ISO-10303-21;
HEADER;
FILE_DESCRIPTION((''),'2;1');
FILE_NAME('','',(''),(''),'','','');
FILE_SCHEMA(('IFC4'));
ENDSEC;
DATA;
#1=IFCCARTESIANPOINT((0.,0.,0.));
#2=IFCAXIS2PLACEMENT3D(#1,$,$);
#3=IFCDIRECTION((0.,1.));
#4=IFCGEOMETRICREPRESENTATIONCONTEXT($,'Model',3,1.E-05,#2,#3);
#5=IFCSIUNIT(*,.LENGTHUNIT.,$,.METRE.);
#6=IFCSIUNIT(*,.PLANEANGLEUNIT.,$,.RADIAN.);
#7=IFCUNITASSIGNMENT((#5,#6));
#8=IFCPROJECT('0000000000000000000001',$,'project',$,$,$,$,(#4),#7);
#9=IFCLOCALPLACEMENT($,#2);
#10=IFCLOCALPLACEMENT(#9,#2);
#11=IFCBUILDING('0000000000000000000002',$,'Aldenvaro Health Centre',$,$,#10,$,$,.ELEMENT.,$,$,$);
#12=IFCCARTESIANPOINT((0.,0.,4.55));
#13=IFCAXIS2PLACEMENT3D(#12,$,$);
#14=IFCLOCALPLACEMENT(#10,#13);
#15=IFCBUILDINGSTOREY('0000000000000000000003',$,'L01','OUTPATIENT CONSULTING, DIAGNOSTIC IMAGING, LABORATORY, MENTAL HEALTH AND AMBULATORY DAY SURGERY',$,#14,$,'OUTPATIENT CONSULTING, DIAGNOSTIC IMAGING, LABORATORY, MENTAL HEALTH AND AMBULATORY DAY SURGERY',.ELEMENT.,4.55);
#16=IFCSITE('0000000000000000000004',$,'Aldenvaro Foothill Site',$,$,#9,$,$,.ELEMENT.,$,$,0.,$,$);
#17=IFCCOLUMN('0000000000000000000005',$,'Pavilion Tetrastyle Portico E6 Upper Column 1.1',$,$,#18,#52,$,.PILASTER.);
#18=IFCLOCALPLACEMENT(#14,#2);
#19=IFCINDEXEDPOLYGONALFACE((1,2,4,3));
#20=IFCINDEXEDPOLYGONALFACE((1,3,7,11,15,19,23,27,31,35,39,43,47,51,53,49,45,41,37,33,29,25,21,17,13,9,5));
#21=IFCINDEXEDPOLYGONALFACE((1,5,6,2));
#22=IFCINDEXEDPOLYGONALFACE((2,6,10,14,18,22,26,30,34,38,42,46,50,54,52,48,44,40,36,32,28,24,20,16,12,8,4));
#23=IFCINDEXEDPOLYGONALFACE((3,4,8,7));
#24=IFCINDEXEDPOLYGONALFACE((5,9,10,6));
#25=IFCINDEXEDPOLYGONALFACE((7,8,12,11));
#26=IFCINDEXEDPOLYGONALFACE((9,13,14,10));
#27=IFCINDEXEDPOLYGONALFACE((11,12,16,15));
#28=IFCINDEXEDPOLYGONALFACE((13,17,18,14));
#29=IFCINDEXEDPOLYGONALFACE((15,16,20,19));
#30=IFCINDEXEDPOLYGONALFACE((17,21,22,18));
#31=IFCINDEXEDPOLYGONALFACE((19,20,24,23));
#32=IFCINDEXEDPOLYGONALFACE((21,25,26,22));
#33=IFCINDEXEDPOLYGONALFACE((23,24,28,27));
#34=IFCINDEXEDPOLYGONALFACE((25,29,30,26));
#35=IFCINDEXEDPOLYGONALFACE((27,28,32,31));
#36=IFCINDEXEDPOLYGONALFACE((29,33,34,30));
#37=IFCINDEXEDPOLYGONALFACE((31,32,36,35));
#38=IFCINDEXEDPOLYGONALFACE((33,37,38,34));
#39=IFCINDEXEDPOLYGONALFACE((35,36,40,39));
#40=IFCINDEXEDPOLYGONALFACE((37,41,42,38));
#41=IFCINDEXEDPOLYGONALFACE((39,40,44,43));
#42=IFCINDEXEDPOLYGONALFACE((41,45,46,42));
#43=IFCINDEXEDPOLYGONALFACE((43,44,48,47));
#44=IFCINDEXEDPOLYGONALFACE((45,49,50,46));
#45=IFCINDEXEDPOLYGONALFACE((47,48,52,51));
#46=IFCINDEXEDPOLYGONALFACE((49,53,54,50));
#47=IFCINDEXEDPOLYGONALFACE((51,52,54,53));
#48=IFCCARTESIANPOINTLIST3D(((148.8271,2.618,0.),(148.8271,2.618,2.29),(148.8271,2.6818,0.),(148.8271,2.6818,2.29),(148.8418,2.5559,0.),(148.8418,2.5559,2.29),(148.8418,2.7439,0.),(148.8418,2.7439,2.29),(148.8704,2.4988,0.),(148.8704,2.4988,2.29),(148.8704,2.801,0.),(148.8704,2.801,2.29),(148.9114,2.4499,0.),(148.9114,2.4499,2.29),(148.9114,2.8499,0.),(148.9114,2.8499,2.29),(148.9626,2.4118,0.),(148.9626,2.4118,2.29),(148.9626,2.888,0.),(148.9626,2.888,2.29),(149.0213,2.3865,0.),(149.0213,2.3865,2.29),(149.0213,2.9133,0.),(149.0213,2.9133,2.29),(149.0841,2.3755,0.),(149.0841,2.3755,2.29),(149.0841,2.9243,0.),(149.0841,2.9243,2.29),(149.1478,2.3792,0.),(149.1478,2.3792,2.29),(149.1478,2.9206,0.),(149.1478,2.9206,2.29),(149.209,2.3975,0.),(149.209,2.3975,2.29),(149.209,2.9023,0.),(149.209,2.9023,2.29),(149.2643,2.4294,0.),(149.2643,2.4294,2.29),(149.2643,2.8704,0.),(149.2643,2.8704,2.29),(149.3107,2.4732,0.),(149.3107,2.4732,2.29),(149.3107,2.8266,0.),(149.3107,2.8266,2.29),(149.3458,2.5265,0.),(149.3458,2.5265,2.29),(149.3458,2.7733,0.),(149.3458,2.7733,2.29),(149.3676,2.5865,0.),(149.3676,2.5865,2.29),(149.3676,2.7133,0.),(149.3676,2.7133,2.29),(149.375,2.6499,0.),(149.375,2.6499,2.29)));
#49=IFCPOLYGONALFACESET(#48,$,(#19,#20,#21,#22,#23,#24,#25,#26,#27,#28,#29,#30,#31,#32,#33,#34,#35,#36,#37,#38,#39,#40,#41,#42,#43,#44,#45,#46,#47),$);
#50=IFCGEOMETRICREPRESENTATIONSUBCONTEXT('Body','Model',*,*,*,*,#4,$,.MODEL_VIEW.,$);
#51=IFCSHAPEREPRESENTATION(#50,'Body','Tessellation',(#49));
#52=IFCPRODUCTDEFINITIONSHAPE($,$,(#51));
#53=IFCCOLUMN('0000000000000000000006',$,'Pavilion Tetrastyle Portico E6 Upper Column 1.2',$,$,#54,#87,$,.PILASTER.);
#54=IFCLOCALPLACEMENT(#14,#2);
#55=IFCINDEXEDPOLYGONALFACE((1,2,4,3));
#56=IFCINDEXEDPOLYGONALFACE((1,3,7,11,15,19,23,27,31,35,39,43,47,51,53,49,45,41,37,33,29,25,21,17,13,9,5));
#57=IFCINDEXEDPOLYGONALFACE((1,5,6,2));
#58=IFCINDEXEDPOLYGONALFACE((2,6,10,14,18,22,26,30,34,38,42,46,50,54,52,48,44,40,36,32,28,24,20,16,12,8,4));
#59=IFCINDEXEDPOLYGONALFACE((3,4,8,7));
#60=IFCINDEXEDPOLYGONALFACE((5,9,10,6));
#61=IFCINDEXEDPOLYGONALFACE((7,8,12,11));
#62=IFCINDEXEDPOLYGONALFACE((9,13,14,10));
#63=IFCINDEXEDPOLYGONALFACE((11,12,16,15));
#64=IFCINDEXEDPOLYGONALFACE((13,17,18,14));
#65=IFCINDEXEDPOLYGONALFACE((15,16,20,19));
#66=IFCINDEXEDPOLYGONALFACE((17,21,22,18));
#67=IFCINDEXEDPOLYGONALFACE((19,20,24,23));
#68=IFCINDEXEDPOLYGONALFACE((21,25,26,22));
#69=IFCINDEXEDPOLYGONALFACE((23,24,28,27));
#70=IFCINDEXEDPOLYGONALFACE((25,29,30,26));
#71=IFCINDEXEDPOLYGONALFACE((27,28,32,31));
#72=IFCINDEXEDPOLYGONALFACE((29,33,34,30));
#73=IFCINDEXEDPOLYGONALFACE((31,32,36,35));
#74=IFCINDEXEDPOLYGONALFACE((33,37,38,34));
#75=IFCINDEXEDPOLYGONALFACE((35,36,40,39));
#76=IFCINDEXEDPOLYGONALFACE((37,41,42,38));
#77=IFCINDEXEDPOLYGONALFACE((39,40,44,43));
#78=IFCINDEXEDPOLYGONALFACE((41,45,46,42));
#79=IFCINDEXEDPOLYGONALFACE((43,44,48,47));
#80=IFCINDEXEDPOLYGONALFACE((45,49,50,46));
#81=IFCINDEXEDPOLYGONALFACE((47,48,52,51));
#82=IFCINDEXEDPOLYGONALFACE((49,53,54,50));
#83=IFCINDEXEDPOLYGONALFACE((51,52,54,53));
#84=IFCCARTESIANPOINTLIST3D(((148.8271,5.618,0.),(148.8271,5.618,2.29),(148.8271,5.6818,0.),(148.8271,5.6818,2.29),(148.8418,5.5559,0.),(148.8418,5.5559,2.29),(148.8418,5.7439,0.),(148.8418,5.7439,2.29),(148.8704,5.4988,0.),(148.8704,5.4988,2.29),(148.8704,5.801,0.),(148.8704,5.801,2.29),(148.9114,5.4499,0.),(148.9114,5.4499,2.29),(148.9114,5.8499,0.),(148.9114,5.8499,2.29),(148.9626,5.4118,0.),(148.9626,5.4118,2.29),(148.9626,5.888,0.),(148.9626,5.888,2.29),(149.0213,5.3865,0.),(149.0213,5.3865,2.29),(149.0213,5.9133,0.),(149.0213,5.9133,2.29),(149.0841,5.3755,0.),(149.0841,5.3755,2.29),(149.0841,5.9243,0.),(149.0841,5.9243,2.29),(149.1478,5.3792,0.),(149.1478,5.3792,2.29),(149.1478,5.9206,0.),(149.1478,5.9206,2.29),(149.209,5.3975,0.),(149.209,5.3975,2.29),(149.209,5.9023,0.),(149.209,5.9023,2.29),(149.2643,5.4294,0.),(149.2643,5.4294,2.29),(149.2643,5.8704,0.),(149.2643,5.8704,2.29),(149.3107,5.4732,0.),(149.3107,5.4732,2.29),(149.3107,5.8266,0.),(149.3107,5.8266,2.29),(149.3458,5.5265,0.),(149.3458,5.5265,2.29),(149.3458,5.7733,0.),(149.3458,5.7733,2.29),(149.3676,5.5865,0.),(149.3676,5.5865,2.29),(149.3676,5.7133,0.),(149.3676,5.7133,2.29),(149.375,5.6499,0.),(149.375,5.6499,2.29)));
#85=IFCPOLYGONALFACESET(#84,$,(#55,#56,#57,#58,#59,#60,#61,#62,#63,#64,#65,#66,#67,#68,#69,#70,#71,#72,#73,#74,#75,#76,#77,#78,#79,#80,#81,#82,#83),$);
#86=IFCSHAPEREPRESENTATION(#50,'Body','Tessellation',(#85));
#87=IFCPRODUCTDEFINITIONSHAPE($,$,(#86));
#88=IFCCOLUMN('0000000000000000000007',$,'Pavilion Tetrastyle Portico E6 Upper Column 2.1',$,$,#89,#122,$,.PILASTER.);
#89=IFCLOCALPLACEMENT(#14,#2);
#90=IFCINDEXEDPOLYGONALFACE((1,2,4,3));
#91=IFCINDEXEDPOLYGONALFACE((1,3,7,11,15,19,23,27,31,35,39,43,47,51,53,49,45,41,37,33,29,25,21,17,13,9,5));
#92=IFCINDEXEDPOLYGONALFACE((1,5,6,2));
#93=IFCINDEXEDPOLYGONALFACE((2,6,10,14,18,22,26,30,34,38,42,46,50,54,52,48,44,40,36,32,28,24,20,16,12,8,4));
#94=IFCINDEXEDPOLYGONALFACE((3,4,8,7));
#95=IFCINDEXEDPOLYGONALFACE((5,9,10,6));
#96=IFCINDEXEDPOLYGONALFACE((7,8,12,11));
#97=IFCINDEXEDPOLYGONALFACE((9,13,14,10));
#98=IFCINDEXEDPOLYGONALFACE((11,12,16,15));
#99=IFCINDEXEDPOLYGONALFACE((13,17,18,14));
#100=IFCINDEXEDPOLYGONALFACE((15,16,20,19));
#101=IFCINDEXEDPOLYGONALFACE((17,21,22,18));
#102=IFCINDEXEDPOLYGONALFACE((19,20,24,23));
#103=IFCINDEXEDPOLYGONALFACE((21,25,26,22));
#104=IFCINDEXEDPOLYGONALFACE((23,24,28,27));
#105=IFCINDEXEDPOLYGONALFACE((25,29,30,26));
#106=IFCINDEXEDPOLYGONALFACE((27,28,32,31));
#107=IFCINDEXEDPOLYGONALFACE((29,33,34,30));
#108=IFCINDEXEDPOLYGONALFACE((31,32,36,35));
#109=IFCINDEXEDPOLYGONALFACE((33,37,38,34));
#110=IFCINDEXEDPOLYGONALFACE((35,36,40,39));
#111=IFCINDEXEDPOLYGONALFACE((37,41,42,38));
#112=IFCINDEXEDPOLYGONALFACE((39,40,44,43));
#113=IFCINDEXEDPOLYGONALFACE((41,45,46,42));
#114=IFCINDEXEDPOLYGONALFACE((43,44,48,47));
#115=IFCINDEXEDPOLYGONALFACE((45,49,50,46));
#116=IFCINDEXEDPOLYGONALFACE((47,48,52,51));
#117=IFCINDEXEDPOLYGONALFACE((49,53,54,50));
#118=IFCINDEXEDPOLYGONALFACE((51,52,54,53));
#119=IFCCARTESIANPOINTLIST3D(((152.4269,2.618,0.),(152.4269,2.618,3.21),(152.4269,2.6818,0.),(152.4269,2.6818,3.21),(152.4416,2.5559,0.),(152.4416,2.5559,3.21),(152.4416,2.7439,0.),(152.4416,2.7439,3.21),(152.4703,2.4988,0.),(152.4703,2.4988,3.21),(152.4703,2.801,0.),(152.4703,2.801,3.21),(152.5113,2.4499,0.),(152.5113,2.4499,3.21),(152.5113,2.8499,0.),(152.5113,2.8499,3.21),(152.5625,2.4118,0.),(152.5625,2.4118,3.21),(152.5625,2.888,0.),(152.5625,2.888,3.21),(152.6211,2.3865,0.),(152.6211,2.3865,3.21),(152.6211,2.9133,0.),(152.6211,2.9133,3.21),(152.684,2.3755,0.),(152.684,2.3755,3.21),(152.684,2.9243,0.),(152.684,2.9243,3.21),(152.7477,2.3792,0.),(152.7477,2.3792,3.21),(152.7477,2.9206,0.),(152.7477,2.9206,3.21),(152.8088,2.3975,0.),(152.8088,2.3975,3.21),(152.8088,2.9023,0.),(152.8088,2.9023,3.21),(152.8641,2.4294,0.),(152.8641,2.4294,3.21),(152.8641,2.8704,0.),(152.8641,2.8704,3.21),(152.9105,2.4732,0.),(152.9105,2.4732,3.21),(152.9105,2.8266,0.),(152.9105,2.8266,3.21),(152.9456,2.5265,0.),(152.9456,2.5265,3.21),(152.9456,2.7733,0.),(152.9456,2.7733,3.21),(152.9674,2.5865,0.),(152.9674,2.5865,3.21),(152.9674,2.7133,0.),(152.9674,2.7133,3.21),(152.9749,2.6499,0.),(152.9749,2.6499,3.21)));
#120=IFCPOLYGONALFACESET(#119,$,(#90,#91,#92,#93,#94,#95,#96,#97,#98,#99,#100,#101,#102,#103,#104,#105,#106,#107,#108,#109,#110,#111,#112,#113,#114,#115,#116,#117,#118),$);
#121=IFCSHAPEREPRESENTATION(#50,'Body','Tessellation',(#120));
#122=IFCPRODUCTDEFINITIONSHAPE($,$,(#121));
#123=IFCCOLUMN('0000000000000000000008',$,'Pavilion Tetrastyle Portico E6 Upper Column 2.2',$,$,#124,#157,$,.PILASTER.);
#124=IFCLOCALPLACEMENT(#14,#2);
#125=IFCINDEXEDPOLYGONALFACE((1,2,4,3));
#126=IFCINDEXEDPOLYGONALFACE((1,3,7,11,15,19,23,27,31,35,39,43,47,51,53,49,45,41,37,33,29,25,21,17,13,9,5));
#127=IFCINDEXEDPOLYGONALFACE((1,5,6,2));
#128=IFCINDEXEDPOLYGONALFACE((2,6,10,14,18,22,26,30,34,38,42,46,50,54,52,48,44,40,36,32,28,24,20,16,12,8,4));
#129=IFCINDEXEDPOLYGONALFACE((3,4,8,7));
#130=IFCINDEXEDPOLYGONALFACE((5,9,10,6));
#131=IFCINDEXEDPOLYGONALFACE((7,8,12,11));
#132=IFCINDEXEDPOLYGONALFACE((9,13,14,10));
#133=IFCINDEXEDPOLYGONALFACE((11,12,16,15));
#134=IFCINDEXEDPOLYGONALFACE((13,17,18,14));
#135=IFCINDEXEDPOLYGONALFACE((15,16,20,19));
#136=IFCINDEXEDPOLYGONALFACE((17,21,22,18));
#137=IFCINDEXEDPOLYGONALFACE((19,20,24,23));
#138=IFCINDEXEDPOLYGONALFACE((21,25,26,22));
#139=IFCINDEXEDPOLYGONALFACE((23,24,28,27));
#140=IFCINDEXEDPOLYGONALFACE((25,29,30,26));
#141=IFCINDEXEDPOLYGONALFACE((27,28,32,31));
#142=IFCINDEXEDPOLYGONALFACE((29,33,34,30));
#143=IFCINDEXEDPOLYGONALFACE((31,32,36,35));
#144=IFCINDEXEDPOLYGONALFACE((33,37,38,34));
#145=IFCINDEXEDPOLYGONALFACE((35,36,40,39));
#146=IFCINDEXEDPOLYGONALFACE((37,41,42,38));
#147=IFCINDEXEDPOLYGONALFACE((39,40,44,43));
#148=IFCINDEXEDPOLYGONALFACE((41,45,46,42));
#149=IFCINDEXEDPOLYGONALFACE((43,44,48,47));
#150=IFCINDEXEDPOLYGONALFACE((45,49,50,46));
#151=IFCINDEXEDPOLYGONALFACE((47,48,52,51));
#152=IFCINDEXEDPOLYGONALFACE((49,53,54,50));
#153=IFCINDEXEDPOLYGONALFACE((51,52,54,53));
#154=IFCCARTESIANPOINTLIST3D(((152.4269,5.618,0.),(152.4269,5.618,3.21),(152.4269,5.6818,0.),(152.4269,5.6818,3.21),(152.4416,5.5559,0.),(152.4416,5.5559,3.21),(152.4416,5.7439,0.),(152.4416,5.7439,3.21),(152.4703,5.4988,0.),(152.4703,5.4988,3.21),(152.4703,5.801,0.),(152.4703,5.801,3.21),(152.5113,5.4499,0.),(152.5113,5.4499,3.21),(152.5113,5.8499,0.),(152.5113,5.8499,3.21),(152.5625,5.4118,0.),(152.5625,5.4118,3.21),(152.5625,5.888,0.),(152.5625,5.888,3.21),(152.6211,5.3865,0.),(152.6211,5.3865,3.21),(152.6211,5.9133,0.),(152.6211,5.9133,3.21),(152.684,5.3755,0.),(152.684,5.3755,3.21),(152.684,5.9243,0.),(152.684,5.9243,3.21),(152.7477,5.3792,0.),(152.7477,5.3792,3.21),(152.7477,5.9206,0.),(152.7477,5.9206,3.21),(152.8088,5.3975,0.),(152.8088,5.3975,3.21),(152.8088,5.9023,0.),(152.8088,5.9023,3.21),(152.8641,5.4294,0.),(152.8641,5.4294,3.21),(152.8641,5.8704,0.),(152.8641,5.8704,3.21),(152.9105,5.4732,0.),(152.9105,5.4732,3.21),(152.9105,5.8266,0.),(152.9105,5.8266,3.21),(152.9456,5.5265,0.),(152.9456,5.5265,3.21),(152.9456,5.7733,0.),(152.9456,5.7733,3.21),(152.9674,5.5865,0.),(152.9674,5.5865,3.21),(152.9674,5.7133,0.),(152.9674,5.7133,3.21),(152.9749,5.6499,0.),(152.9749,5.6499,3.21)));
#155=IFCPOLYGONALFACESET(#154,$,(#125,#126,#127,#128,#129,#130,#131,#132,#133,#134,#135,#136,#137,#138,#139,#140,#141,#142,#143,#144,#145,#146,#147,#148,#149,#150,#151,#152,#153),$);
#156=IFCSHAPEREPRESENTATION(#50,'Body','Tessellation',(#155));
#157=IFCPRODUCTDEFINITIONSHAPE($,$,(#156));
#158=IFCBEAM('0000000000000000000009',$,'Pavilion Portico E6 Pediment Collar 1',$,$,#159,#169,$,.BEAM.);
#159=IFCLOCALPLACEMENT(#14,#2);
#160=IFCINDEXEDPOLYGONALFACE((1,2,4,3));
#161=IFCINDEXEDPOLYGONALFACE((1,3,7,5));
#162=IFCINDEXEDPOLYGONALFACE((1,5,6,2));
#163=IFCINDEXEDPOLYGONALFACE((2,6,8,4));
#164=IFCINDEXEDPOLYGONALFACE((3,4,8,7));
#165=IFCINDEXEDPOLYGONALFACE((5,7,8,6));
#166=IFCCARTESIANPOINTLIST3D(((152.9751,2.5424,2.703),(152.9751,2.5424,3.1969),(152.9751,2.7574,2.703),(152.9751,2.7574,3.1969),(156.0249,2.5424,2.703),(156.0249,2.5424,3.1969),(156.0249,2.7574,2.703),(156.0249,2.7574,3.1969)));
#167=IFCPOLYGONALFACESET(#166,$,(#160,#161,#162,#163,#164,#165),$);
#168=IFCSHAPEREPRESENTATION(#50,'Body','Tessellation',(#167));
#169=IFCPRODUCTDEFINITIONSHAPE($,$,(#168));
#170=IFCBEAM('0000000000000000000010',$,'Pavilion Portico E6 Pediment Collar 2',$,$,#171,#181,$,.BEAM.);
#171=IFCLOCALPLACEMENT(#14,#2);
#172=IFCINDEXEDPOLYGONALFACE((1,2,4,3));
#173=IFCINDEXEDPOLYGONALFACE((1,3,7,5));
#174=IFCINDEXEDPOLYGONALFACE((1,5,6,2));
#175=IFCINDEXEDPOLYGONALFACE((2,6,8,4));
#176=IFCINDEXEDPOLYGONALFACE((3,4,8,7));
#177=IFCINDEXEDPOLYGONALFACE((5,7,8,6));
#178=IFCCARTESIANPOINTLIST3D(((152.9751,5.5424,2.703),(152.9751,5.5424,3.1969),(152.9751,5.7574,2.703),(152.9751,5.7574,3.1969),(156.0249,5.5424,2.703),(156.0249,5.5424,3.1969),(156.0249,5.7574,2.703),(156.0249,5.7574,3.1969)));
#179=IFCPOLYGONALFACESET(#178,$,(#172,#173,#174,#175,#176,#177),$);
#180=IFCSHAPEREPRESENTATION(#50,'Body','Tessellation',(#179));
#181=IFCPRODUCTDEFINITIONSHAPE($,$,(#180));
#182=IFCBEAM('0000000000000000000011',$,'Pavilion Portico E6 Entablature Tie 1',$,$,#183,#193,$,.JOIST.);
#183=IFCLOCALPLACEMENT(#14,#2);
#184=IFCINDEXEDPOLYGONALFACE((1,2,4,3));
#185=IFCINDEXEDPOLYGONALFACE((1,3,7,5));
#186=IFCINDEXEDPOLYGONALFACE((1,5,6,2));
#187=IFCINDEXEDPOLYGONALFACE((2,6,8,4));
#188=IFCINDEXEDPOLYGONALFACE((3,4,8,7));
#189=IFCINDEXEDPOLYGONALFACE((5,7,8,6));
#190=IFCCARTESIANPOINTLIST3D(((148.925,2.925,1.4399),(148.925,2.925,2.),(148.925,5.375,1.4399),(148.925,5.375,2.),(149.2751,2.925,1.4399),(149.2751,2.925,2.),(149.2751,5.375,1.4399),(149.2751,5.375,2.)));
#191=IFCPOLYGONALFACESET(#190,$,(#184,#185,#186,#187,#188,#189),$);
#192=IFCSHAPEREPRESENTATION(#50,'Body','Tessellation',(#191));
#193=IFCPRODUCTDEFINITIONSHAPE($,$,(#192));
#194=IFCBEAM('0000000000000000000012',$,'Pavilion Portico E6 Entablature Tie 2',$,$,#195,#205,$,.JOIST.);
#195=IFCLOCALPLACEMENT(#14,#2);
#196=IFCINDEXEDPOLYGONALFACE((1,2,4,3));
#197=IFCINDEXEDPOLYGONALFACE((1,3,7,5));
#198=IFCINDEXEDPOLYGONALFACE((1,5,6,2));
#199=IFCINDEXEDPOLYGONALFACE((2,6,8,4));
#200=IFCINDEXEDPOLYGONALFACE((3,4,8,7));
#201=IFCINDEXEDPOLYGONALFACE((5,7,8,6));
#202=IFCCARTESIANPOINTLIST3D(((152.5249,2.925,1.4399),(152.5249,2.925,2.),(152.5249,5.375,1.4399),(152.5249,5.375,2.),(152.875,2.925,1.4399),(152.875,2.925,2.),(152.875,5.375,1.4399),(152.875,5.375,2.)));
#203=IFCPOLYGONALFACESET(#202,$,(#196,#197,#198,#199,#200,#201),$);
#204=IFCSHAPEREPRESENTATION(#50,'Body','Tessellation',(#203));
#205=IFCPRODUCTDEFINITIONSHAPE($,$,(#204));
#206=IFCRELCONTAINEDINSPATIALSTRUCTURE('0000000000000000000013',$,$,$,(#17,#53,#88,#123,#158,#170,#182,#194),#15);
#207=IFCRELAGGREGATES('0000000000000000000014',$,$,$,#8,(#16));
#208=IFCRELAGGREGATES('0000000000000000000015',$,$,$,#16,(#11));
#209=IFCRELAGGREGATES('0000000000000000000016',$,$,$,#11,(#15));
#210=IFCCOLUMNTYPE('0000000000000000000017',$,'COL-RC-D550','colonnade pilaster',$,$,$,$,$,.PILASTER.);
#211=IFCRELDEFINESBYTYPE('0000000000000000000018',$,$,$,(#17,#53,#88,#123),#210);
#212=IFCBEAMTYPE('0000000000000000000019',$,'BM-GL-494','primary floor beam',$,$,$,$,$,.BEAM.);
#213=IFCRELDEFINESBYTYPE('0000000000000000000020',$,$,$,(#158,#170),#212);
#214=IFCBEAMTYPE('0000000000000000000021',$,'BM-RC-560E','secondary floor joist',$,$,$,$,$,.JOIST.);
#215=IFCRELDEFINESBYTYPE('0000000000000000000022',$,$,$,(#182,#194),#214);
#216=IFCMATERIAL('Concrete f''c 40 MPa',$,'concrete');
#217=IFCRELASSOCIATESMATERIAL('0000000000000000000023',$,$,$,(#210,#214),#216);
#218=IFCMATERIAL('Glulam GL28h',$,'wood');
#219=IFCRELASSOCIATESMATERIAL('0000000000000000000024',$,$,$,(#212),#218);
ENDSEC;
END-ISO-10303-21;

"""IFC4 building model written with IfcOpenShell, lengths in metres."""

from ifc_helpers import new_model, si_unit, direction, frame, origin, origin_2d, place, context, subcontext, project, spatial, rectangle, circle, extrude, material, material_profile, profile_set, type_object, element, save


model = new_model("IFC4")

# Units and contexts
model_context = context("Model", 3, precision=1e-05, world=origin(), true_north=direction((0.0, 1.0)))
body_context = subcontext(model_context, "Body", "Model", "MODEL_VIEW")
ifc_project = project(units=[si_unit("LENGTHUNIT", "METRE"), si_unit("PLANEANGLEUNIT", "RADIAN")], contexts=[model_context])

# Site, building, storey
site_placement = place(None, origin())
site = spatial("IfcSite", under=ifc_project, at=site_placement, Name="Aldenvaro Foothill Site", CompositionType="ELEMENT", RefElevation=0.0)
building_placement = place(site_placement, origin())
building = spatial("IfcBuilding", under=site, at=building_placement, Name="Aldenvaro Health Centre", CompositionType="ELEMENT")
storey_placement = place(building_placement, frame((0.0, 0.0, 4.55)))
storey = spatial("IfcBuildingStorey", under=building, at=storey_placement, Name="L01", Description="OUTPATIENT CONSULTING, DIAGNOSTIC IMAGING, LABORATORY, MENTAL HEALTH AND AMBULATORY DAY SURGERY", LongName="OUTPATIENT CONSULTING, DIAGNOSTIC IMAGING, LABORATORY, MENTAL HEALTH AND AMBULATORY DAY SURGERY", CompositionType="ELEMENT", Elevation=4.55)

# Columns
ifc_material_1 = material(Name="Concrete f'c 40 MPa", Category="concrete")
ifc_material_profile_1 = material_profile(ifc_material_1, circle(Radius=0.2749, at=origin_2d()), Name="RC D550", Category="concrete")
ifc_profile_set_1 = profile_set([ifc_material_profile_1], Name="Concrete f'c 40 MPa")
column_type = type_object("IfcColumnType", Name="COL-RC-D550", Description="colonnade pilaster", PredefinedType="PILASTER", material=ifc_profile_set_1)
for number, where, z_axis, x_axis, name in (
    (1, (149.1001, 2.6499, 0.0), (0.0, 0.0, 1.0), (1.0, 0.0, 0.0), "Pavilion Tetrastyle Portico E6 Upper Column 1.1"),
    (2, (149.1001, 5.6499, 0.0), (0.0, 0.0, 1.0), (1.0, 0.0, 0.0), "Pavilion Tetrastyle Portico E6 Upper Column 1.2"),
):
    element("IfcColumn", number, at=place(storey_placement, frame(where, z_axis=z_axis, x_axis=x_axis)), inside=storey, type_object=column_type, Name=name, PredefinedType="PILASTER", context=body_context, shape_type="SweptSolid", body=[
        extrude(circle(Radius=0.2749, at=origin_2d()), origin(), (0.0, 0.0, 1.0), 2.29),
    ])
for number, where, z_axis, x_axis, name in (
    (3, (152.7, 2.6499, 0.0), (0.0, 0.0, 1.0), (1.0, 0.0, 0.0), "Pavilion Tetrastyle Portico E6 Upper Column 2.1"),
    (4, (152.7, 5.6499, 0.0), (0.0, 0.0, 1.0), (1.0, 0.0, 0.0), "Pavilion Tetrastyle Portico E6 Upper Column 2.2"),
):
    element("IfcColumn", number, at=place(storey_placement, frame(where, z_axis=z_axis, x_axis=x_axis)), inside=storey, type_object=column_type, Name=name, PredefinedType="PILASTER", context=body_context, shape_type="SweptSolid", body=[
        extrude(circle(Radius=0.2749, at=origin_2d()), origin(), (0.0, 0.0, 1.0), 3.21),
    ])

# Beams
ifc_material_2 = material(Name="Glulam GL28h", Category="wood")
ifc_material_profile_2 = material_profile(ifc_material_2, rectangle(XDim=0.2151, YDim=0.4939, at=origin_2d()), Name="GL 215x494", Category="wood")
ifc_profile_set_2 = profile_set([ifc_material_profile_2], Name="Glulam GL28h")
beam_type_1 = type_object("IfcBeamType", Name="BM-GL-494", Description="primary floor beam", PredefinedType="BEAM", material=ifc_profile_set_2)
for number, where, z_axis, x_axis, name in (
    (5, (152.9751, 2.6499, 2.95), (1.0, 0.0, 0.0), (0.0, 1.0, 0.0), "Pavilion Portico E6 Pediment Collar 1"),
    (6, (152.9751, 5.6499, 2.95), (1.0, 0.0, 0.0), (0.0, 1.0, 0.0), "Pavilion Portico E6 Pediment Collar 2"),
):
    element("IfcBeam", number, at=place(storey_placement, frame(where, z_axis=z_axis, x_axis=x_axis)), inside=storey, type_object=beam_type_1, Name=name, PredefinedType="BEAM", context=body_context, shape_type="SweptSolid", body=[
        extrude(rectangle(XDim=0.2151, YDim=0.4939, at=origin_2d()), origin(), (0.0, 0.0, 1.0), 3.0498),
    ])
ifc_material_profile_3 = material_profile(ifc_material_1, rectangle(XDim=0.3501, YDim=0.5601, at=origin_2d()), Name="RC 350x560", Category="concrete")
ifc_profile_set_3 = profile_set([ifc_material_profile_3], Name="Concrete f'c 40 MPa")
beam_type_2 = type_object("IfcBeamType", Name="BM-RC-560E", Description="secondary floor joist", PredefinedType="JOIST", material=ifc_profile_set_3)
for number, where, z_axis, x_axis, name in (
    (7, (149.1001, 2.925, 1.72), (0.0, 1.0, 0.0), (-1.0, 0.0, 0.0), "Pavilion Portico E6 Entablature Tie 1"),
    (8, (152.7, 2.925, 1.72), (0.0, 1.0, 0.0), (-1.0, 0.0, 0.0), "Pavilion Portico E6 Entablature Tie 2"),
):
    element("IfcBeam", number, at=place(storey_placement, frame(where, z_axis=z_axis, x_axis=x_axis)), inside=storey, type_object=beam_type_2, Name=name, PredefinedType="JOIST", context=body_context, shape_type="SweptSolid", body=[
        extrude(rectangle(XDim=0.3501, YDim=0.5601, at=origin_2d()), origin(), (0.0, 0.0, 1.0), 2.45),
    ])

save(model, "model.ifc")
